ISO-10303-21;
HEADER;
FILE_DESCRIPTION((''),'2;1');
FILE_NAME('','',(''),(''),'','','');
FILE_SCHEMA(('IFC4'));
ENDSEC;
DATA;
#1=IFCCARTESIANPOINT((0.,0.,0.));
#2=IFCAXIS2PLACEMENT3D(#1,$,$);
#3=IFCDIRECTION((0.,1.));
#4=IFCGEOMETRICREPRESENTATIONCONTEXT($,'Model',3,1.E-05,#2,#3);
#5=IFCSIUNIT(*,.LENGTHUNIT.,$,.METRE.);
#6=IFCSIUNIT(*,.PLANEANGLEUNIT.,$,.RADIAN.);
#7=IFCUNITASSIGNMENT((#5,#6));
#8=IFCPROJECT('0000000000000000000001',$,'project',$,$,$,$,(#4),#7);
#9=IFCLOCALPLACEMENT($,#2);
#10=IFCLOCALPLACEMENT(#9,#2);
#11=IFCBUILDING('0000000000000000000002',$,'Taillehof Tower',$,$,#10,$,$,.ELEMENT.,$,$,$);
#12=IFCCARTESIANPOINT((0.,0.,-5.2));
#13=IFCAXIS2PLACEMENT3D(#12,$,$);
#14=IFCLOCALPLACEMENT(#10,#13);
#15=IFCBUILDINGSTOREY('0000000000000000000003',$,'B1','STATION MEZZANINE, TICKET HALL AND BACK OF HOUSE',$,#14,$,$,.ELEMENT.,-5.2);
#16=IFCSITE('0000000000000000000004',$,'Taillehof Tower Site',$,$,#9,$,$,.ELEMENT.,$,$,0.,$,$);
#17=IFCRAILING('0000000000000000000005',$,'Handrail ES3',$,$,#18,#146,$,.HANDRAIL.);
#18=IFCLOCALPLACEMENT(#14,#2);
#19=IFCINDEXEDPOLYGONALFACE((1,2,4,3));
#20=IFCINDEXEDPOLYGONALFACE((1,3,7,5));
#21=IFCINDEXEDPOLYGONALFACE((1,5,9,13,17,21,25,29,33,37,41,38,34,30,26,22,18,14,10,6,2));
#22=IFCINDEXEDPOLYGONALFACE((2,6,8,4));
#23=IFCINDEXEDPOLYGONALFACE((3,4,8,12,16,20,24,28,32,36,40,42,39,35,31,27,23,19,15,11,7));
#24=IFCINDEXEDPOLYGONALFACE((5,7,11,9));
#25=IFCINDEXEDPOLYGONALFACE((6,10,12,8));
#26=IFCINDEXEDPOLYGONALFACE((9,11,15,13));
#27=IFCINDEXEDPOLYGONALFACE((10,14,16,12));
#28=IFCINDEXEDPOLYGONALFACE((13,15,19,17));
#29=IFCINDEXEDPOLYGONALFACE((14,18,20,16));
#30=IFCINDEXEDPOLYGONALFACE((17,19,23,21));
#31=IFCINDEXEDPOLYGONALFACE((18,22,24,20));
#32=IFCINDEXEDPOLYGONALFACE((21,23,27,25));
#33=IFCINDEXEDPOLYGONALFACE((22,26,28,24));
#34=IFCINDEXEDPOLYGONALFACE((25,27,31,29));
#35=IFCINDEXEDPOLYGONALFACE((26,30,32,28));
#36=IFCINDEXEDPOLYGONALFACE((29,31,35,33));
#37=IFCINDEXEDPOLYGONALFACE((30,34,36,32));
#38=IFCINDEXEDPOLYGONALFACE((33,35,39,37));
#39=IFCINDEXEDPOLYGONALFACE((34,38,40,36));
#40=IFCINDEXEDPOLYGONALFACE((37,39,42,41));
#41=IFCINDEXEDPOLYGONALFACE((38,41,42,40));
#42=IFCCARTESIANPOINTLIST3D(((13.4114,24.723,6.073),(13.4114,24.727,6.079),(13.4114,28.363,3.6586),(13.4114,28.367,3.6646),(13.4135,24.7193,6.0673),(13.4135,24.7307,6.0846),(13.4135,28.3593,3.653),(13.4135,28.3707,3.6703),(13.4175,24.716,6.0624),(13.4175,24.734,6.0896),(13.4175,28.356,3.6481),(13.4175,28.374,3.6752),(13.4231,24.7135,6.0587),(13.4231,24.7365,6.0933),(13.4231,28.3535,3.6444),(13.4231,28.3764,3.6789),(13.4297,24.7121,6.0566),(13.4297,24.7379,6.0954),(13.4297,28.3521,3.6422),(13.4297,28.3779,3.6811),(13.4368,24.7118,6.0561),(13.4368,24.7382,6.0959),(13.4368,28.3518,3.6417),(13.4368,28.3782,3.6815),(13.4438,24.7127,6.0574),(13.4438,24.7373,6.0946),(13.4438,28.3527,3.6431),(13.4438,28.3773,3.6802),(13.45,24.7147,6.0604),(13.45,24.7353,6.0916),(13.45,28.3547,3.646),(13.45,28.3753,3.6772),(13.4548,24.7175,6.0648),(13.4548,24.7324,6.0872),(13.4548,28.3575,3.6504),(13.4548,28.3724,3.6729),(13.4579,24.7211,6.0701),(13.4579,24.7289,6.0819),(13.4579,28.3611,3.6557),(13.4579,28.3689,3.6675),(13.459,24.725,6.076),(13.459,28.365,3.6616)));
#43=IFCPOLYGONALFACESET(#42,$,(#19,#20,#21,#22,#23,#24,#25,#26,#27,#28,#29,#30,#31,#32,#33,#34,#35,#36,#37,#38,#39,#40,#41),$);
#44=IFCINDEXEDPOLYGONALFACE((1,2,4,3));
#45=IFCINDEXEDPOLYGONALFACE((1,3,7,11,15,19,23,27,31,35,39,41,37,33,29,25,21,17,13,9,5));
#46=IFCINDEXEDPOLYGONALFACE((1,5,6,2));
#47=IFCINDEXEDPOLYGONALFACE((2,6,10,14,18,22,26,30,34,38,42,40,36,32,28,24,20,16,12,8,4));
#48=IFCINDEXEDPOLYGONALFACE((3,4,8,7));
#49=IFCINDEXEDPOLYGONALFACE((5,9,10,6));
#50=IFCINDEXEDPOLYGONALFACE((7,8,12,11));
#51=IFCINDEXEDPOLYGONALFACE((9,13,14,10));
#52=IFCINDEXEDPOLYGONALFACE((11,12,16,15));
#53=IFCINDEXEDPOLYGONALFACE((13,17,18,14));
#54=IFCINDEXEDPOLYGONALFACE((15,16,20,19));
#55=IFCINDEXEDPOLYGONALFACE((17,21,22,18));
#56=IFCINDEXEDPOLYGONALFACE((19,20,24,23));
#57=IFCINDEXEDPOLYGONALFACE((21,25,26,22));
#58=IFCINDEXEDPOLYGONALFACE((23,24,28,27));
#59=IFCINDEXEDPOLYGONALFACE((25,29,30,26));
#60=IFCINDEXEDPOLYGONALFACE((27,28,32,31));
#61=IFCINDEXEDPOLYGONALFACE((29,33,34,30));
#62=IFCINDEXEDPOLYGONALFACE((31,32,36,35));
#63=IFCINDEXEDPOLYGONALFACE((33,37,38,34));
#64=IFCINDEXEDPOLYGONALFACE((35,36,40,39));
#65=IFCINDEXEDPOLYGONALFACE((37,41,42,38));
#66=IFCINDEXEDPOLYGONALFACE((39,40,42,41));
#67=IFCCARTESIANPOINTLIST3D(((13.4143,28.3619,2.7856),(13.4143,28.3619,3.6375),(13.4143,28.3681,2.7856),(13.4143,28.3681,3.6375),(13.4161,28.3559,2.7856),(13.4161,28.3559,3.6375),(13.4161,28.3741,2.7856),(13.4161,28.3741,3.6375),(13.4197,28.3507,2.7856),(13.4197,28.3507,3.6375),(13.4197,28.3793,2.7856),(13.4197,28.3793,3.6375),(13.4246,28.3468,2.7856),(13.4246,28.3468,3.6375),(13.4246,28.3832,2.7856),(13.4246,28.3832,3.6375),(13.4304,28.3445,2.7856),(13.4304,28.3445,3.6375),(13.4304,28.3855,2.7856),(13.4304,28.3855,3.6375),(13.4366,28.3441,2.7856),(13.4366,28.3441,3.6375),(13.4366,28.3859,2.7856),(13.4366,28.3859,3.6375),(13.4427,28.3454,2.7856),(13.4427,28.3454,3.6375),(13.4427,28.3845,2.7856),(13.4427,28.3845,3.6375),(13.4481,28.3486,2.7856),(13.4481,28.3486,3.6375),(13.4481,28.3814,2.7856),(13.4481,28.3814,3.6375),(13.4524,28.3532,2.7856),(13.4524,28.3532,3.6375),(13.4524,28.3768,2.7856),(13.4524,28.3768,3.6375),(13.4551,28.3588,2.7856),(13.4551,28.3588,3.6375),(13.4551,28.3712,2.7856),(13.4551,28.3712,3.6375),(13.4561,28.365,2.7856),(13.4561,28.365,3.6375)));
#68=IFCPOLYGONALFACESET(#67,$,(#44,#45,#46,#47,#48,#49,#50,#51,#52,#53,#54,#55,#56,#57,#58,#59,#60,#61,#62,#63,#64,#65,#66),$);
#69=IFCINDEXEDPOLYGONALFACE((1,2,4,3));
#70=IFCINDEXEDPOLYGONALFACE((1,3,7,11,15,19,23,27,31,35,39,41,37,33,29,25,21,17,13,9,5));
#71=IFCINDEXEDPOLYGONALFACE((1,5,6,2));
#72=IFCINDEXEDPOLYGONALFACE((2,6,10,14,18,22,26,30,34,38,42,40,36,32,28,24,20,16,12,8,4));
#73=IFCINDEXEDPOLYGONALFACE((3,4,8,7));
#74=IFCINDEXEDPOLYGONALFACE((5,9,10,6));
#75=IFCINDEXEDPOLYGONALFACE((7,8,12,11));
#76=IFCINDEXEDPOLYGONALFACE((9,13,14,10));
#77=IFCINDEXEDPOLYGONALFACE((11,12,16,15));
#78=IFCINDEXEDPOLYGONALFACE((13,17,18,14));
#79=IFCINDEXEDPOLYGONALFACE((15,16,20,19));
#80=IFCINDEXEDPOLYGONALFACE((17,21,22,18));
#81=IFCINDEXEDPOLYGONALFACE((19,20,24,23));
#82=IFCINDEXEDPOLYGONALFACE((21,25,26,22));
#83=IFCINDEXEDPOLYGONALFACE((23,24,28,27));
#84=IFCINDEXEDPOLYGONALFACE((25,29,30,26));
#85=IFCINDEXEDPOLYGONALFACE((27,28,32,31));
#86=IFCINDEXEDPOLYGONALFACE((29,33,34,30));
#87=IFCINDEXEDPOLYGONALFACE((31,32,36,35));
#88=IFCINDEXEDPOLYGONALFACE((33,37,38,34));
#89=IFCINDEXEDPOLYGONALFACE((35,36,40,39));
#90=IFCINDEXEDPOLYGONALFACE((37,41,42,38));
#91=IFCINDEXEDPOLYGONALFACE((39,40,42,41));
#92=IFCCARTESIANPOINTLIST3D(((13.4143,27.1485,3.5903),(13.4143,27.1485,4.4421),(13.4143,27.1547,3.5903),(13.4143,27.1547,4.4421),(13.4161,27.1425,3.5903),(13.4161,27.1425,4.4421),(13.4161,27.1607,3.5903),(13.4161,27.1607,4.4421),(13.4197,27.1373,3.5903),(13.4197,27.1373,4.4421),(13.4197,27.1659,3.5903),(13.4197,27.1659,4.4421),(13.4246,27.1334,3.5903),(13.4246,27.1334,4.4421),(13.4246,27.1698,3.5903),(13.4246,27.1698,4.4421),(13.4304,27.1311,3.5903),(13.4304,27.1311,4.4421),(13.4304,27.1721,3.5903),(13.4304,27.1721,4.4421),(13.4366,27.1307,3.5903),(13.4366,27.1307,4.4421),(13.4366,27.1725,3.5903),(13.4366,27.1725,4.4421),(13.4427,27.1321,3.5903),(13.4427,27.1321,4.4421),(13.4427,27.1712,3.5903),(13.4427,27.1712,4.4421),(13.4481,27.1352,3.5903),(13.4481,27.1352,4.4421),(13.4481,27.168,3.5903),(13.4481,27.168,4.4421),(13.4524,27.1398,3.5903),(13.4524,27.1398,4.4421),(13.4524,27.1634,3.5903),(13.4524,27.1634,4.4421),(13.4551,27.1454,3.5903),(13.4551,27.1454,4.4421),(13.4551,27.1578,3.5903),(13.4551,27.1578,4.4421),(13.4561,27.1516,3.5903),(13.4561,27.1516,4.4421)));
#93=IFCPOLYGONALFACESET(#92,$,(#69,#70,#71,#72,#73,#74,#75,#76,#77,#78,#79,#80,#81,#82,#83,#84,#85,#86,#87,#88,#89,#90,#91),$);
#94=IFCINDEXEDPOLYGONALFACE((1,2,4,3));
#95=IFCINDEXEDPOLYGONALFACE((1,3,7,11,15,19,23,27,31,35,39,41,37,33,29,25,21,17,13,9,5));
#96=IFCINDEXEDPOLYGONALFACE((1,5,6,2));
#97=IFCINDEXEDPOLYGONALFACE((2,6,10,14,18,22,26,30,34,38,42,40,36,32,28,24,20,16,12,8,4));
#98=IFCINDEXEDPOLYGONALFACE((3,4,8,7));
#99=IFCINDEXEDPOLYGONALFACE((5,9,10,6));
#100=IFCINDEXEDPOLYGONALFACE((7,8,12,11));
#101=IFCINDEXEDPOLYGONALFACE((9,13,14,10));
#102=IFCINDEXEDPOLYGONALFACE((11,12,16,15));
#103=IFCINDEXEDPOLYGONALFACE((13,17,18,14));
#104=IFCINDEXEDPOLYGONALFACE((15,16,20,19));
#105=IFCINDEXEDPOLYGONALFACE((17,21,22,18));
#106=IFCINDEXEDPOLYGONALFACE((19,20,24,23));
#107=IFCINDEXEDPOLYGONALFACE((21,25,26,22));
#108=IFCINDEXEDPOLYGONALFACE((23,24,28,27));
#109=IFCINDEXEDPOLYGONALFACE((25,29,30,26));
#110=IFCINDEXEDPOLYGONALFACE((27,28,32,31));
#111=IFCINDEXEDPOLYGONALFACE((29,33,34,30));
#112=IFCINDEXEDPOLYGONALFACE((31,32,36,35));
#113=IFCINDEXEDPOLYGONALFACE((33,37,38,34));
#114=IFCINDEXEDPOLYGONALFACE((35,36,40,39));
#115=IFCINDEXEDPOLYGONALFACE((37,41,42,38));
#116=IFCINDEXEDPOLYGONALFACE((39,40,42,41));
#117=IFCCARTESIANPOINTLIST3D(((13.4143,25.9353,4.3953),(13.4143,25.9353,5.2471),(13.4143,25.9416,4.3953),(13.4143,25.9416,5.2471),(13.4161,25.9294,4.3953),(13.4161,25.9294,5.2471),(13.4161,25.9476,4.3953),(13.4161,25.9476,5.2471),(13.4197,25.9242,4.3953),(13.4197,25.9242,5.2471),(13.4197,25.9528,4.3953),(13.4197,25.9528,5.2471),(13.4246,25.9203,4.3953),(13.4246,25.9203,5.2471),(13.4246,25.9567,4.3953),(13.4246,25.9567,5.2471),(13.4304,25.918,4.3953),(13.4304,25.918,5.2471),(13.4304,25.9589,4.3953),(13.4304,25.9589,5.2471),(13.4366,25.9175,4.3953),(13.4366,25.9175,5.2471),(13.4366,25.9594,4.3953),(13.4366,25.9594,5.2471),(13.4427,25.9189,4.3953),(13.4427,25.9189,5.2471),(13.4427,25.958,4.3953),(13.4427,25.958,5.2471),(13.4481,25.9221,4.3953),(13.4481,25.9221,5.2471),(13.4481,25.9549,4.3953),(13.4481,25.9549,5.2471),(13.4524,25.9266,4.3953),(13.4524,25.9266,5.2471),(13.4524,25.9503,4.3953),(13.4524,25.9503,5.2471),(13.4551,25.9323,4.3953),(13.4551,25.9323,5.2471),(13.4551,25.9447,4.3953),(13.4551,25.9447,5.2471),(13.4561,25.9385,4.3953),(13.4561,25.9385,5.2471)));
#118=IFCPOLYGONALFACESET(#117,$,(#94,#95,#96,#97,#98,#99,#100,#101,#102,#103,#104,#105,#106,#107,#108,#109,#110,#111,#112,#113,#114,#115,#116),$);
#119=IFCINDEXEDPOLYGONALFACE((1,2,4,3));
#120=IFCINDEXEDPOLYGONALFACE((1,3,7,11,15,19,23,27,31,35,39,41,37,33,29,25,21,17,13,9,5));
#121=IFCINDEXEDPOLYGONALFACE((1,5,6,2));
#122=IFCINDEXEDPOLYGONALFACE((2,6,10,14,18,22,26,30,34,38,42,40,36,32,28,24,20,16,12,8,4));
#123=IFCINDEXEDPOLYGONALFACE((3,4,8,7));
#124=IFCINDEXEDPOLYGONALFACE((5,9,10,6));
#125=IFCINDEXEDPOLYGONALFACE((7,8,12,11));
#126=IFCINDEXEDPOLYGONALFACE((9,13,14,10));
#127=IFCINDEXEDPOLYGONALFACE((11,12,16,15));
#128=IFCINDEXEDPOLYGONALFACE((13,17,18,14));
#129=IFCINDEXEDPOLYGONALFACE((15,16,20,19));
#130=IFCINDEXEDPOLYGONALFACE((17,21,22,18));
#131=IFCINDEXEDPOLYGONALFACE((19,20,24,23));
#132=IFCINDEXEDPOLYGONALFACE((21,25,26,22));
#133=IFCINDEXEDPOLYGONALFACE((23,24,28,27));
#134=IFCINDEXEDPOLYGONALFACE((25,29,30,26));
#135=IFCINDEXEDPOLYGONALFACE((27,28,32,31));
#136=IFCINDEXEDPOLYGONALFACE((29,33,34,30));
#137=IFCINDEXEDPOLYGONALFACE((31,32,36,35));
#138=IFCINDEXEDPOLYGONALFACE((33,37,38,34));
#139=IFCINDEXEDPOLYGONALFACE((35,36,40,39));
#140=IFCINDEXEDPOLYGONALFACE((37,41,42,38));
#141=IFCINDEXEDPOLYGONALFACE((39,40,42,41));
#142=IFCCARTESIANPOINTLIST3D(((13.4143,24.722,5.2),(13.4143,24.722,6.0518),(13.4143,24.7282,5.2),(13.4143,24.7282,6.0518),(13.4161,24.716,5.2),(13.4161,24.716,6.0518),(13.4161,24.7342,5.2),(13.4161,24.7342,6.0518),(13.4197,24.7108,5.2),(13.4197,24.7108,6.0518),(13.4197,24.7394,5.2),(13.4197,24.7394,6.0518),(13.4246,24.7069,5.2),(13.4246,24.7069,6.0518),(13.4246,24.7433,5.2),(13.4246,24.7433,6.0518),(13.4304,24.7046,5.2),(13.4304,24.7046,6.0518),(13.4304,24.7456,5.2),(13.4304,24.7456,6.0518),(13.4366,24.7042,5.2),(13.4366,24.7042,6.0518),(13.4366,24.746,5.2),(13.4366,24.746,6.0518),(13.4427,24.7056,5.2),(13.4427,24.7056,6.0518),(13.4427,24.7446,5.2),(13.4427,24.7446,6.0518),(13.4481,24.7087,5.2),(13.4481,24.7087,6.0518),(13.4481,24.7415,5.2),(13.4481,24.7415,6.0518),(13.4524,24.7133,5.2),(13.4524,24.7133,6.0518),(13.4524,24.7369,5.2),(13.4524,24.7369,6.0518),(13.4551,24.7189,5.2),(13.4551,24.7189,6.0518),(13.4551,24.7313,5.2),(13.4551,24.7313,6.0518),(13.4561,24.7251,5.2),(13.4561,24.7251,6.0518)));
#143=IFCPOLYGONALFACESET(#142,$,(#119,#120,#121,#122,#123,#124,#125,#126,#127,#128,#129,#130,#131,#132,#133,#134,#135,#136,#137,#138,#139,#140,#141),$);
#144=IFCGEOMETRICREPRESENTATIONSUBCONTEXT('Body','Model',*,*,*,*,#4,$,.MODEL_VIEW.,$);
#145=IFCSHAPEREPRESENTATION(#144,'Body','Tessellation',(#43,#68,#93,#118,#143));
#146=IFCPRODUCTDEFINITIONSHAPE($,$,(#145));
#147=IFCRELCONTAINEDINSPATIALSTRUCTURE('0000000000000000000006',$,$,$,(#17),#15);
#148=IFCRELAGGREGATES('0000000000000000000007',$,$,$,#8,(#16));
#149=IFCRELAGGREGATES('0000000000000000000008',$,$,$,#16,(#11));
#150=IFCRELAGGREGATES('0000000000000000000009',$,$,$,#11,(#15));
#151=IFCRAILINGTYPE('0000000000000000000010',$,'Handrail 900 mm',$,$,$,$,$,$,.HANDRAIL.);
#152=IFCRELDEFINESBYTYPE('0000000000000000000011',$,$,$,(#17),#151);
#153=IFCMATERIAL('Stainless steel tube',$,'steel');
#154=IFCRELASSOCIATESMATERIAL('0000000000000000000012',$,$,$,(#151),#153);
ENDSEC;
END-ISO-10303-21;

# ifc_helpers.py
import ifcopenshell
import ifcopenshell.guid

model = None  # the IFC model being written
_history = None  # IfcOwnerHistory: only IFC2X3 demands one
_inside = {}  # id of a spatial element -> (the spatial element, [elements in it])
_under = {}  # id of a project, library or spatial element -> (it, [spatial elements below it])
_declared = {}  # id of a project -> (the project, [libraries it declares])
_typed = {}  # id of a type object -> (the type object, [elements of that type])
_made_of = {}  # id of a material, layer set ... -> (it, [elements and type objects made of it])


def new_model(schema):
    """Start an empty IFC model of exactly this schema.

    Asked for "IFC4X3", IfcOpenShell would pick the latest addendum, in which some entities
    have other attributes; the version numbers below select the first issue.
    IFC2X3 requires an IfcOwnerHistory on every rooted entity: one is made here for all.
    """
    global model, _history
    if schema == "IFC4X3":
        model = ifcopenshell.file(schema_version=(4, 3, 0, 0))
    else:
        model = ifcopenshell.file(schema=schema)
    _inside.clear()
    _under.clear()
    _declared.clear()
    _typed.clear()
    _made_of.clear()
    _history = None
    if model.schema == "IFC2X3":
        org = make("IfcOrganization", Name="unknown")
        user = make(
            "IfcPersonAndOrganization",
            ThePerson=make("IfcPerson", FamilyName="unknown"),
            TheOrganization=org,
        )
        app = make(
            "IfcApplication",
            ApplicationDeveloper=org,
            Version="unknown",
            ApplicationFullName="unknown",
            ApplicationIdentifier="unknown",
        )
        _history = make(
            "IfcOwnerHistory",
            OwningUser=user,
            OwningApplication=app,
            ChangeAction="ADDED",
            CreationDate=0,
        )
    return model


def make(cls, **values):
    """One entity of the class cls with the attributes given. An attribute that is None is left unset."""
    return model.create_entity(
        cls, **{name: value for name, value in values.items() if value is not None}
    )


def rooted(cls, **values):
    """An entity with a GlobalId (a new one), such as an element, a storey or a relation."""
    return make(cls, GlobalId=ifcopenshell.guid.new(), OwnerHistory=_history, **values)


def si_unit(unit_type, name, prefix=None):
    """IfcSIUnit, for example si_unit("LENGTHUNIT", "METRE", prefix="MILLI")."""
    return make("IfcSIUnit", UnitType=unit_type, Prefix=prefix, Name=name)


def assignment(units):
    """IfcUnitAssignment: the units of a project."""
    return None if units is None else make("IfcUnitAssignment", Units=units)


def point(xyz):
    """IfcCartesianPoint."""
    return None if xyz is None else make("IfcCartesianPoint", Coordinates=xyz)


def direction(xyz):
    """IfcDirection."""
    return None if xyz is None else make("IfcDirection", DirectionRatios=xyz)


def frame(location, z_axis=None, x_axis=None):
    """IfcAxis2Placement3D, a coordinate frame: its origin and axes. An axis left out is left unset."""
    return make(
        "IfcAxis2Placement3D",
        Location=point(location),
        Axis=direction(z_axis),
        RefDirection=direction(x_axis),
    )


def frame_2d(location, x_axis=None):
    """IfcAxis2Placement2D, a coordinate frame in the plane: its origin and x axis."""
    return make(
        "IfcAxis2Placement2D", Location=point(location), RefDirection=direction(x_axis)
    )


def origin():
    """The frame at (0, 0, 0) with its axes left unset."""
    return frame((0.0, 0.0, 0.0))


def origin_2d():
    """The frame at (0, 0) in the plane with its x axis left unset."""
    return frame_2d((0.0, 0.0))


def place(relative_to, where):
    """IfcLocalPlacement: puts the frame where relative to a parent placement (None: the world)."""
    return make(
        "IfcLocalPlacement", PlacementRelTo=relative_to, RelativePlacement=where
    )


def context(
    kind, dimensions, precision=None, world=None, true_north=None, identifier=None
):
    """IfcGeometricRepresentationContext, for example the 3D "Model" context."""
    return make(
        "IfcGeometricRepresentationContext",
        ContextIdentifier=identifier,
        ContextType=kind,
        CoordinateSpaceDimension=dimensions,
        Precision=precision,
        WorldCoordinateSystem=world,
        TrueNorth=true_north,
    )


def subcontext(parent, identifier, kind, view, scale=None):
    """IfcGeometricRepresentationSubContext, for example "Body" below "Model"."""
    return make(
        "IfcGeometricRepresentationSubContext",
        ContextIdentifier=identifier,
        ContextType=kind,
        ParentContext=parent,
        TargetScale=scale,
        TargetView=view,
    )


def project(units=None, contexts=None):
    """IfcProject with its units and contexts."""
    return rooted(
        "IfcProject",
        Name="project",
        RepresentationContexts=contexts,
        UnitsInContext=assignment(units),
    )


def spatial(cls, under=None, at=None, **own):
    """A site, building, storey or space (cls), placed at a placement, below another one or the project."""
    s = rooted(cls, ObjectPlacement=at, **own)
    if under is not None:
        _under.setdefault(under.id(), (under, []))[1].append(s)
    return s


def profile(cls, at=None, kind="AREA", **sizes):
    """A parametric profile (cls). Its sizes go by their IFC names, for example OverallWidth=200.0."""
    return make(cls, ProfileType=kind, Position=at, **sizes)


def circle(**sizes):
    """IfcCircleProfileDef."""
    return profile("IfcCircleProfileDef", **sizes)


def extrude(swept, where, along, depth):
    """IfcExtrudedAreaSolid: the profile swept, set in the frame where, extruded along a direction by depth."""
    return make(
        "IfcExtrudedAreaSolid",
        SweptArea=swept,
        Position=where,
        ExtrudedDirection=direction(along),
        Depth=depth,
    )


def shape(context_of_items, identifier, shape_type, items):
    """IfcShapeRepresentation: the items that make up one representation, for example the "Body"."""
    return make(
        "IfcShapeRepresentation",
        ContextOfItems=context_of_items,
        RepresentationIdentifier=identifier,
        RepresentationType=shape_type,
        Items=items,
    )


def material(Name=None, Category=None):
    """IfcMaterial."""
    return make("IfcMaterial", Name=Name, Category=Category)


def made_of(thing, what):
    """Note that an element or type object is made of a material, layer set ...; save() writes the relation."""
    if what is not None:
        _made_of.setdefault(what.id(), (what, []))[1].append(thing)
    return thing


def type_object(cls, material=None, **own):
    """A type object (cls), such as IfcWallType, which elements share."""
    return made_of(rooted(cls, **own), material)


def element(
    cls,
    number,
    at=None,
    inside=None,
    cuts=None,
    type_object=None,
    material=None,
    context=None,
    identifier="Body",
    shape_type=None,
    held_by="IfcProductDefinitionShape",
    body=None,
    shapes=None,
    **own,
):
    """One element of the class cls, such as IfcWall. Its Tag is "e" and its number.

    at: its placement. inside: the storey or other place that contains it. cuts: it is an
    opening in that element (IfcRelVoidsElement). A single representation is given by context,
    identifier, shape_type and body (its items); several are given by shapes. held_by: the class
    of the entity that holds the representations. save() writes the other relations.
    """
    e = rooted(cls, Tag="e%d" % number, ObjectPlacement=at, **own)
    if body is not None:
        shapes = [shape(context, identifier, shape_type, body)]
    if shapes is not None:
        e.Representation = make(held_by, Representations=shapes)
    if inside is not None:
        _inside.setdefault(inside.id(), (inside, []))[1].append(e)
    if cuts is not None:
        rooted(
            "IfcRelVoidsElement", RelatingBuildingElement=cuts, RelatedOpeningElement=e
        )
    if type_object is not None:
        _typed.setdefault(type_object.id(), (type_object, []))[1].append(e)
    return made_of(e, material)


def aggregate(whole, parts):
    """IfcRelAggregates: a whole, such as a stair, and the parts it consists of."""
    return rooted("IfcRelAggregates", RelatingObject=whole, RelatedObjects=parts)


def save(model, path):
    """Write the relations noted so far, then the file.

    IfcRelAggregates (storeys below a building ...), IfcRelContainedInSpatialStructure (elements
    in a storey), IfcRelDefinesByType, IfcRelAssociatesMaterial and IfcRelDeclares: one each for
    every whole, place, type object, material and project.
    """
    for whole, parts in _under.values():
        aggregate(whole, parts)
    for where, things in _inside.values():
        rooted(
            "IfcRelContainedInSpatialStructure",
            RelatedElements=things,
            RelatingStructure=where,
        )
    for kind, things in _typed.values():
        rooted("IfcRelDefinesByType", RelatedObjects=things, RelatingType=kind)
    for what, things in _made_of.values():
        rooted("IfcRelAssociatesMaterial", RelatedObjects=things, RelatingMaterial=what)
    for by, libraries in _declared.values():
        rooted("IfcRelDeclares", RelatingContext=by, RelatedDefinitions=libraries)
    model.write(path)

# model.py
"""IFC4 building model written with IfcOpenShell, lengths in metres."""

from ifc_helpers import new_model, si_unit, direction, frame, origin, origin_2d, place, context, subcontext, project, spatial, circle, extrude, material, type_object, element, save


model = new_model("IFC4")

# Units and contexts
model_context = context("Model", 3, precision=1e-05, world=origin(), true_north=direction((0.0, 1.0)))
body_context = subcontext(model_context, "Body", "Model", "MODEL_VIEW")
ifc_project = project(units=[si_unit("LENGTHUNIT", "METRE"), si_unit("PLANEANGLEUNIT", "RADIAN")], contexts=[model_context])

# Site, building, storey
site_placement = place(None, origin())
site = spatial("IfcSite", under=ifc_project, at=site_placement, Name="Taillehof Tower Site", CompositionType="ELEMENT", RefElevation=0.0)
building_placement = place(site_placement, origin())
building = spatial("IfcBuilding", under=site, at=building_placement, Name="Taillehof Tower", CompositionType="ELEMENT")
storey_placement = place(building_placement, frame((0.0, 0.0, -5.2)))
storey = spatial("IfcBuildingStorey", under=building, at=storey_placement, Name="B1", Description="STATION MEZZANINE, TICKET HALL AND BACK OF HOUSE", CompositionType="ELEMENT", Elevation=-5.2)

# Railing
ifc_material_1 = material(Name="Stainless steel tube", Category="steel")
railing_type_1 = type_object("IfcRailingType", Name="Handrail 900 mm", PredefinedType="HANDRAIL", material=ifc_material_1)
for number, where, name in (
    (1, (13.4351, 28.365, 2.7856), "Handrail ES3"),
):
    element("IfcRailing", number, at=place(storey_placement, frame(where)), inside=storey, type_object=railing_type_1, Name=name, PredefinedType="HANDRAIL", context=body_context, shape_type="SweptSolid", body=[
        extrude(circle(Radius=0.0239, at=origin_2d()), frame((0.0, 0.0, 0.876), z_axis=(0.0, -0.833347, 0.552751), x_axis=(1.0, 0.0, 0.0)), (0.0, 0.0, 1.0), 4.3679),
        extrude(circle(Radius=0.021, at=origin_2d()), origin(), (0.0, 0.0, 1.0), 0.8518),
        extrude(circle(Radius=0.021, at=origin_2d()), frame((0.0, -1.2134, 0.8047)), (0.0, 0.0, 1.0), 0.8518),
        extrude(circle(Radius=0.021, at=origin_2d()), frame((0.0, -2.4265, 1.6096)), (0.0, 0.0, 1.0), 0.8518),
        extrude(circle(Radius=0.021, at=origin_2d()), frame((0.0, -3.6399, 2.4143)), (0.0, 0.0, 1.0), 0.8518),
    ])

save(model, "model.ifc")
